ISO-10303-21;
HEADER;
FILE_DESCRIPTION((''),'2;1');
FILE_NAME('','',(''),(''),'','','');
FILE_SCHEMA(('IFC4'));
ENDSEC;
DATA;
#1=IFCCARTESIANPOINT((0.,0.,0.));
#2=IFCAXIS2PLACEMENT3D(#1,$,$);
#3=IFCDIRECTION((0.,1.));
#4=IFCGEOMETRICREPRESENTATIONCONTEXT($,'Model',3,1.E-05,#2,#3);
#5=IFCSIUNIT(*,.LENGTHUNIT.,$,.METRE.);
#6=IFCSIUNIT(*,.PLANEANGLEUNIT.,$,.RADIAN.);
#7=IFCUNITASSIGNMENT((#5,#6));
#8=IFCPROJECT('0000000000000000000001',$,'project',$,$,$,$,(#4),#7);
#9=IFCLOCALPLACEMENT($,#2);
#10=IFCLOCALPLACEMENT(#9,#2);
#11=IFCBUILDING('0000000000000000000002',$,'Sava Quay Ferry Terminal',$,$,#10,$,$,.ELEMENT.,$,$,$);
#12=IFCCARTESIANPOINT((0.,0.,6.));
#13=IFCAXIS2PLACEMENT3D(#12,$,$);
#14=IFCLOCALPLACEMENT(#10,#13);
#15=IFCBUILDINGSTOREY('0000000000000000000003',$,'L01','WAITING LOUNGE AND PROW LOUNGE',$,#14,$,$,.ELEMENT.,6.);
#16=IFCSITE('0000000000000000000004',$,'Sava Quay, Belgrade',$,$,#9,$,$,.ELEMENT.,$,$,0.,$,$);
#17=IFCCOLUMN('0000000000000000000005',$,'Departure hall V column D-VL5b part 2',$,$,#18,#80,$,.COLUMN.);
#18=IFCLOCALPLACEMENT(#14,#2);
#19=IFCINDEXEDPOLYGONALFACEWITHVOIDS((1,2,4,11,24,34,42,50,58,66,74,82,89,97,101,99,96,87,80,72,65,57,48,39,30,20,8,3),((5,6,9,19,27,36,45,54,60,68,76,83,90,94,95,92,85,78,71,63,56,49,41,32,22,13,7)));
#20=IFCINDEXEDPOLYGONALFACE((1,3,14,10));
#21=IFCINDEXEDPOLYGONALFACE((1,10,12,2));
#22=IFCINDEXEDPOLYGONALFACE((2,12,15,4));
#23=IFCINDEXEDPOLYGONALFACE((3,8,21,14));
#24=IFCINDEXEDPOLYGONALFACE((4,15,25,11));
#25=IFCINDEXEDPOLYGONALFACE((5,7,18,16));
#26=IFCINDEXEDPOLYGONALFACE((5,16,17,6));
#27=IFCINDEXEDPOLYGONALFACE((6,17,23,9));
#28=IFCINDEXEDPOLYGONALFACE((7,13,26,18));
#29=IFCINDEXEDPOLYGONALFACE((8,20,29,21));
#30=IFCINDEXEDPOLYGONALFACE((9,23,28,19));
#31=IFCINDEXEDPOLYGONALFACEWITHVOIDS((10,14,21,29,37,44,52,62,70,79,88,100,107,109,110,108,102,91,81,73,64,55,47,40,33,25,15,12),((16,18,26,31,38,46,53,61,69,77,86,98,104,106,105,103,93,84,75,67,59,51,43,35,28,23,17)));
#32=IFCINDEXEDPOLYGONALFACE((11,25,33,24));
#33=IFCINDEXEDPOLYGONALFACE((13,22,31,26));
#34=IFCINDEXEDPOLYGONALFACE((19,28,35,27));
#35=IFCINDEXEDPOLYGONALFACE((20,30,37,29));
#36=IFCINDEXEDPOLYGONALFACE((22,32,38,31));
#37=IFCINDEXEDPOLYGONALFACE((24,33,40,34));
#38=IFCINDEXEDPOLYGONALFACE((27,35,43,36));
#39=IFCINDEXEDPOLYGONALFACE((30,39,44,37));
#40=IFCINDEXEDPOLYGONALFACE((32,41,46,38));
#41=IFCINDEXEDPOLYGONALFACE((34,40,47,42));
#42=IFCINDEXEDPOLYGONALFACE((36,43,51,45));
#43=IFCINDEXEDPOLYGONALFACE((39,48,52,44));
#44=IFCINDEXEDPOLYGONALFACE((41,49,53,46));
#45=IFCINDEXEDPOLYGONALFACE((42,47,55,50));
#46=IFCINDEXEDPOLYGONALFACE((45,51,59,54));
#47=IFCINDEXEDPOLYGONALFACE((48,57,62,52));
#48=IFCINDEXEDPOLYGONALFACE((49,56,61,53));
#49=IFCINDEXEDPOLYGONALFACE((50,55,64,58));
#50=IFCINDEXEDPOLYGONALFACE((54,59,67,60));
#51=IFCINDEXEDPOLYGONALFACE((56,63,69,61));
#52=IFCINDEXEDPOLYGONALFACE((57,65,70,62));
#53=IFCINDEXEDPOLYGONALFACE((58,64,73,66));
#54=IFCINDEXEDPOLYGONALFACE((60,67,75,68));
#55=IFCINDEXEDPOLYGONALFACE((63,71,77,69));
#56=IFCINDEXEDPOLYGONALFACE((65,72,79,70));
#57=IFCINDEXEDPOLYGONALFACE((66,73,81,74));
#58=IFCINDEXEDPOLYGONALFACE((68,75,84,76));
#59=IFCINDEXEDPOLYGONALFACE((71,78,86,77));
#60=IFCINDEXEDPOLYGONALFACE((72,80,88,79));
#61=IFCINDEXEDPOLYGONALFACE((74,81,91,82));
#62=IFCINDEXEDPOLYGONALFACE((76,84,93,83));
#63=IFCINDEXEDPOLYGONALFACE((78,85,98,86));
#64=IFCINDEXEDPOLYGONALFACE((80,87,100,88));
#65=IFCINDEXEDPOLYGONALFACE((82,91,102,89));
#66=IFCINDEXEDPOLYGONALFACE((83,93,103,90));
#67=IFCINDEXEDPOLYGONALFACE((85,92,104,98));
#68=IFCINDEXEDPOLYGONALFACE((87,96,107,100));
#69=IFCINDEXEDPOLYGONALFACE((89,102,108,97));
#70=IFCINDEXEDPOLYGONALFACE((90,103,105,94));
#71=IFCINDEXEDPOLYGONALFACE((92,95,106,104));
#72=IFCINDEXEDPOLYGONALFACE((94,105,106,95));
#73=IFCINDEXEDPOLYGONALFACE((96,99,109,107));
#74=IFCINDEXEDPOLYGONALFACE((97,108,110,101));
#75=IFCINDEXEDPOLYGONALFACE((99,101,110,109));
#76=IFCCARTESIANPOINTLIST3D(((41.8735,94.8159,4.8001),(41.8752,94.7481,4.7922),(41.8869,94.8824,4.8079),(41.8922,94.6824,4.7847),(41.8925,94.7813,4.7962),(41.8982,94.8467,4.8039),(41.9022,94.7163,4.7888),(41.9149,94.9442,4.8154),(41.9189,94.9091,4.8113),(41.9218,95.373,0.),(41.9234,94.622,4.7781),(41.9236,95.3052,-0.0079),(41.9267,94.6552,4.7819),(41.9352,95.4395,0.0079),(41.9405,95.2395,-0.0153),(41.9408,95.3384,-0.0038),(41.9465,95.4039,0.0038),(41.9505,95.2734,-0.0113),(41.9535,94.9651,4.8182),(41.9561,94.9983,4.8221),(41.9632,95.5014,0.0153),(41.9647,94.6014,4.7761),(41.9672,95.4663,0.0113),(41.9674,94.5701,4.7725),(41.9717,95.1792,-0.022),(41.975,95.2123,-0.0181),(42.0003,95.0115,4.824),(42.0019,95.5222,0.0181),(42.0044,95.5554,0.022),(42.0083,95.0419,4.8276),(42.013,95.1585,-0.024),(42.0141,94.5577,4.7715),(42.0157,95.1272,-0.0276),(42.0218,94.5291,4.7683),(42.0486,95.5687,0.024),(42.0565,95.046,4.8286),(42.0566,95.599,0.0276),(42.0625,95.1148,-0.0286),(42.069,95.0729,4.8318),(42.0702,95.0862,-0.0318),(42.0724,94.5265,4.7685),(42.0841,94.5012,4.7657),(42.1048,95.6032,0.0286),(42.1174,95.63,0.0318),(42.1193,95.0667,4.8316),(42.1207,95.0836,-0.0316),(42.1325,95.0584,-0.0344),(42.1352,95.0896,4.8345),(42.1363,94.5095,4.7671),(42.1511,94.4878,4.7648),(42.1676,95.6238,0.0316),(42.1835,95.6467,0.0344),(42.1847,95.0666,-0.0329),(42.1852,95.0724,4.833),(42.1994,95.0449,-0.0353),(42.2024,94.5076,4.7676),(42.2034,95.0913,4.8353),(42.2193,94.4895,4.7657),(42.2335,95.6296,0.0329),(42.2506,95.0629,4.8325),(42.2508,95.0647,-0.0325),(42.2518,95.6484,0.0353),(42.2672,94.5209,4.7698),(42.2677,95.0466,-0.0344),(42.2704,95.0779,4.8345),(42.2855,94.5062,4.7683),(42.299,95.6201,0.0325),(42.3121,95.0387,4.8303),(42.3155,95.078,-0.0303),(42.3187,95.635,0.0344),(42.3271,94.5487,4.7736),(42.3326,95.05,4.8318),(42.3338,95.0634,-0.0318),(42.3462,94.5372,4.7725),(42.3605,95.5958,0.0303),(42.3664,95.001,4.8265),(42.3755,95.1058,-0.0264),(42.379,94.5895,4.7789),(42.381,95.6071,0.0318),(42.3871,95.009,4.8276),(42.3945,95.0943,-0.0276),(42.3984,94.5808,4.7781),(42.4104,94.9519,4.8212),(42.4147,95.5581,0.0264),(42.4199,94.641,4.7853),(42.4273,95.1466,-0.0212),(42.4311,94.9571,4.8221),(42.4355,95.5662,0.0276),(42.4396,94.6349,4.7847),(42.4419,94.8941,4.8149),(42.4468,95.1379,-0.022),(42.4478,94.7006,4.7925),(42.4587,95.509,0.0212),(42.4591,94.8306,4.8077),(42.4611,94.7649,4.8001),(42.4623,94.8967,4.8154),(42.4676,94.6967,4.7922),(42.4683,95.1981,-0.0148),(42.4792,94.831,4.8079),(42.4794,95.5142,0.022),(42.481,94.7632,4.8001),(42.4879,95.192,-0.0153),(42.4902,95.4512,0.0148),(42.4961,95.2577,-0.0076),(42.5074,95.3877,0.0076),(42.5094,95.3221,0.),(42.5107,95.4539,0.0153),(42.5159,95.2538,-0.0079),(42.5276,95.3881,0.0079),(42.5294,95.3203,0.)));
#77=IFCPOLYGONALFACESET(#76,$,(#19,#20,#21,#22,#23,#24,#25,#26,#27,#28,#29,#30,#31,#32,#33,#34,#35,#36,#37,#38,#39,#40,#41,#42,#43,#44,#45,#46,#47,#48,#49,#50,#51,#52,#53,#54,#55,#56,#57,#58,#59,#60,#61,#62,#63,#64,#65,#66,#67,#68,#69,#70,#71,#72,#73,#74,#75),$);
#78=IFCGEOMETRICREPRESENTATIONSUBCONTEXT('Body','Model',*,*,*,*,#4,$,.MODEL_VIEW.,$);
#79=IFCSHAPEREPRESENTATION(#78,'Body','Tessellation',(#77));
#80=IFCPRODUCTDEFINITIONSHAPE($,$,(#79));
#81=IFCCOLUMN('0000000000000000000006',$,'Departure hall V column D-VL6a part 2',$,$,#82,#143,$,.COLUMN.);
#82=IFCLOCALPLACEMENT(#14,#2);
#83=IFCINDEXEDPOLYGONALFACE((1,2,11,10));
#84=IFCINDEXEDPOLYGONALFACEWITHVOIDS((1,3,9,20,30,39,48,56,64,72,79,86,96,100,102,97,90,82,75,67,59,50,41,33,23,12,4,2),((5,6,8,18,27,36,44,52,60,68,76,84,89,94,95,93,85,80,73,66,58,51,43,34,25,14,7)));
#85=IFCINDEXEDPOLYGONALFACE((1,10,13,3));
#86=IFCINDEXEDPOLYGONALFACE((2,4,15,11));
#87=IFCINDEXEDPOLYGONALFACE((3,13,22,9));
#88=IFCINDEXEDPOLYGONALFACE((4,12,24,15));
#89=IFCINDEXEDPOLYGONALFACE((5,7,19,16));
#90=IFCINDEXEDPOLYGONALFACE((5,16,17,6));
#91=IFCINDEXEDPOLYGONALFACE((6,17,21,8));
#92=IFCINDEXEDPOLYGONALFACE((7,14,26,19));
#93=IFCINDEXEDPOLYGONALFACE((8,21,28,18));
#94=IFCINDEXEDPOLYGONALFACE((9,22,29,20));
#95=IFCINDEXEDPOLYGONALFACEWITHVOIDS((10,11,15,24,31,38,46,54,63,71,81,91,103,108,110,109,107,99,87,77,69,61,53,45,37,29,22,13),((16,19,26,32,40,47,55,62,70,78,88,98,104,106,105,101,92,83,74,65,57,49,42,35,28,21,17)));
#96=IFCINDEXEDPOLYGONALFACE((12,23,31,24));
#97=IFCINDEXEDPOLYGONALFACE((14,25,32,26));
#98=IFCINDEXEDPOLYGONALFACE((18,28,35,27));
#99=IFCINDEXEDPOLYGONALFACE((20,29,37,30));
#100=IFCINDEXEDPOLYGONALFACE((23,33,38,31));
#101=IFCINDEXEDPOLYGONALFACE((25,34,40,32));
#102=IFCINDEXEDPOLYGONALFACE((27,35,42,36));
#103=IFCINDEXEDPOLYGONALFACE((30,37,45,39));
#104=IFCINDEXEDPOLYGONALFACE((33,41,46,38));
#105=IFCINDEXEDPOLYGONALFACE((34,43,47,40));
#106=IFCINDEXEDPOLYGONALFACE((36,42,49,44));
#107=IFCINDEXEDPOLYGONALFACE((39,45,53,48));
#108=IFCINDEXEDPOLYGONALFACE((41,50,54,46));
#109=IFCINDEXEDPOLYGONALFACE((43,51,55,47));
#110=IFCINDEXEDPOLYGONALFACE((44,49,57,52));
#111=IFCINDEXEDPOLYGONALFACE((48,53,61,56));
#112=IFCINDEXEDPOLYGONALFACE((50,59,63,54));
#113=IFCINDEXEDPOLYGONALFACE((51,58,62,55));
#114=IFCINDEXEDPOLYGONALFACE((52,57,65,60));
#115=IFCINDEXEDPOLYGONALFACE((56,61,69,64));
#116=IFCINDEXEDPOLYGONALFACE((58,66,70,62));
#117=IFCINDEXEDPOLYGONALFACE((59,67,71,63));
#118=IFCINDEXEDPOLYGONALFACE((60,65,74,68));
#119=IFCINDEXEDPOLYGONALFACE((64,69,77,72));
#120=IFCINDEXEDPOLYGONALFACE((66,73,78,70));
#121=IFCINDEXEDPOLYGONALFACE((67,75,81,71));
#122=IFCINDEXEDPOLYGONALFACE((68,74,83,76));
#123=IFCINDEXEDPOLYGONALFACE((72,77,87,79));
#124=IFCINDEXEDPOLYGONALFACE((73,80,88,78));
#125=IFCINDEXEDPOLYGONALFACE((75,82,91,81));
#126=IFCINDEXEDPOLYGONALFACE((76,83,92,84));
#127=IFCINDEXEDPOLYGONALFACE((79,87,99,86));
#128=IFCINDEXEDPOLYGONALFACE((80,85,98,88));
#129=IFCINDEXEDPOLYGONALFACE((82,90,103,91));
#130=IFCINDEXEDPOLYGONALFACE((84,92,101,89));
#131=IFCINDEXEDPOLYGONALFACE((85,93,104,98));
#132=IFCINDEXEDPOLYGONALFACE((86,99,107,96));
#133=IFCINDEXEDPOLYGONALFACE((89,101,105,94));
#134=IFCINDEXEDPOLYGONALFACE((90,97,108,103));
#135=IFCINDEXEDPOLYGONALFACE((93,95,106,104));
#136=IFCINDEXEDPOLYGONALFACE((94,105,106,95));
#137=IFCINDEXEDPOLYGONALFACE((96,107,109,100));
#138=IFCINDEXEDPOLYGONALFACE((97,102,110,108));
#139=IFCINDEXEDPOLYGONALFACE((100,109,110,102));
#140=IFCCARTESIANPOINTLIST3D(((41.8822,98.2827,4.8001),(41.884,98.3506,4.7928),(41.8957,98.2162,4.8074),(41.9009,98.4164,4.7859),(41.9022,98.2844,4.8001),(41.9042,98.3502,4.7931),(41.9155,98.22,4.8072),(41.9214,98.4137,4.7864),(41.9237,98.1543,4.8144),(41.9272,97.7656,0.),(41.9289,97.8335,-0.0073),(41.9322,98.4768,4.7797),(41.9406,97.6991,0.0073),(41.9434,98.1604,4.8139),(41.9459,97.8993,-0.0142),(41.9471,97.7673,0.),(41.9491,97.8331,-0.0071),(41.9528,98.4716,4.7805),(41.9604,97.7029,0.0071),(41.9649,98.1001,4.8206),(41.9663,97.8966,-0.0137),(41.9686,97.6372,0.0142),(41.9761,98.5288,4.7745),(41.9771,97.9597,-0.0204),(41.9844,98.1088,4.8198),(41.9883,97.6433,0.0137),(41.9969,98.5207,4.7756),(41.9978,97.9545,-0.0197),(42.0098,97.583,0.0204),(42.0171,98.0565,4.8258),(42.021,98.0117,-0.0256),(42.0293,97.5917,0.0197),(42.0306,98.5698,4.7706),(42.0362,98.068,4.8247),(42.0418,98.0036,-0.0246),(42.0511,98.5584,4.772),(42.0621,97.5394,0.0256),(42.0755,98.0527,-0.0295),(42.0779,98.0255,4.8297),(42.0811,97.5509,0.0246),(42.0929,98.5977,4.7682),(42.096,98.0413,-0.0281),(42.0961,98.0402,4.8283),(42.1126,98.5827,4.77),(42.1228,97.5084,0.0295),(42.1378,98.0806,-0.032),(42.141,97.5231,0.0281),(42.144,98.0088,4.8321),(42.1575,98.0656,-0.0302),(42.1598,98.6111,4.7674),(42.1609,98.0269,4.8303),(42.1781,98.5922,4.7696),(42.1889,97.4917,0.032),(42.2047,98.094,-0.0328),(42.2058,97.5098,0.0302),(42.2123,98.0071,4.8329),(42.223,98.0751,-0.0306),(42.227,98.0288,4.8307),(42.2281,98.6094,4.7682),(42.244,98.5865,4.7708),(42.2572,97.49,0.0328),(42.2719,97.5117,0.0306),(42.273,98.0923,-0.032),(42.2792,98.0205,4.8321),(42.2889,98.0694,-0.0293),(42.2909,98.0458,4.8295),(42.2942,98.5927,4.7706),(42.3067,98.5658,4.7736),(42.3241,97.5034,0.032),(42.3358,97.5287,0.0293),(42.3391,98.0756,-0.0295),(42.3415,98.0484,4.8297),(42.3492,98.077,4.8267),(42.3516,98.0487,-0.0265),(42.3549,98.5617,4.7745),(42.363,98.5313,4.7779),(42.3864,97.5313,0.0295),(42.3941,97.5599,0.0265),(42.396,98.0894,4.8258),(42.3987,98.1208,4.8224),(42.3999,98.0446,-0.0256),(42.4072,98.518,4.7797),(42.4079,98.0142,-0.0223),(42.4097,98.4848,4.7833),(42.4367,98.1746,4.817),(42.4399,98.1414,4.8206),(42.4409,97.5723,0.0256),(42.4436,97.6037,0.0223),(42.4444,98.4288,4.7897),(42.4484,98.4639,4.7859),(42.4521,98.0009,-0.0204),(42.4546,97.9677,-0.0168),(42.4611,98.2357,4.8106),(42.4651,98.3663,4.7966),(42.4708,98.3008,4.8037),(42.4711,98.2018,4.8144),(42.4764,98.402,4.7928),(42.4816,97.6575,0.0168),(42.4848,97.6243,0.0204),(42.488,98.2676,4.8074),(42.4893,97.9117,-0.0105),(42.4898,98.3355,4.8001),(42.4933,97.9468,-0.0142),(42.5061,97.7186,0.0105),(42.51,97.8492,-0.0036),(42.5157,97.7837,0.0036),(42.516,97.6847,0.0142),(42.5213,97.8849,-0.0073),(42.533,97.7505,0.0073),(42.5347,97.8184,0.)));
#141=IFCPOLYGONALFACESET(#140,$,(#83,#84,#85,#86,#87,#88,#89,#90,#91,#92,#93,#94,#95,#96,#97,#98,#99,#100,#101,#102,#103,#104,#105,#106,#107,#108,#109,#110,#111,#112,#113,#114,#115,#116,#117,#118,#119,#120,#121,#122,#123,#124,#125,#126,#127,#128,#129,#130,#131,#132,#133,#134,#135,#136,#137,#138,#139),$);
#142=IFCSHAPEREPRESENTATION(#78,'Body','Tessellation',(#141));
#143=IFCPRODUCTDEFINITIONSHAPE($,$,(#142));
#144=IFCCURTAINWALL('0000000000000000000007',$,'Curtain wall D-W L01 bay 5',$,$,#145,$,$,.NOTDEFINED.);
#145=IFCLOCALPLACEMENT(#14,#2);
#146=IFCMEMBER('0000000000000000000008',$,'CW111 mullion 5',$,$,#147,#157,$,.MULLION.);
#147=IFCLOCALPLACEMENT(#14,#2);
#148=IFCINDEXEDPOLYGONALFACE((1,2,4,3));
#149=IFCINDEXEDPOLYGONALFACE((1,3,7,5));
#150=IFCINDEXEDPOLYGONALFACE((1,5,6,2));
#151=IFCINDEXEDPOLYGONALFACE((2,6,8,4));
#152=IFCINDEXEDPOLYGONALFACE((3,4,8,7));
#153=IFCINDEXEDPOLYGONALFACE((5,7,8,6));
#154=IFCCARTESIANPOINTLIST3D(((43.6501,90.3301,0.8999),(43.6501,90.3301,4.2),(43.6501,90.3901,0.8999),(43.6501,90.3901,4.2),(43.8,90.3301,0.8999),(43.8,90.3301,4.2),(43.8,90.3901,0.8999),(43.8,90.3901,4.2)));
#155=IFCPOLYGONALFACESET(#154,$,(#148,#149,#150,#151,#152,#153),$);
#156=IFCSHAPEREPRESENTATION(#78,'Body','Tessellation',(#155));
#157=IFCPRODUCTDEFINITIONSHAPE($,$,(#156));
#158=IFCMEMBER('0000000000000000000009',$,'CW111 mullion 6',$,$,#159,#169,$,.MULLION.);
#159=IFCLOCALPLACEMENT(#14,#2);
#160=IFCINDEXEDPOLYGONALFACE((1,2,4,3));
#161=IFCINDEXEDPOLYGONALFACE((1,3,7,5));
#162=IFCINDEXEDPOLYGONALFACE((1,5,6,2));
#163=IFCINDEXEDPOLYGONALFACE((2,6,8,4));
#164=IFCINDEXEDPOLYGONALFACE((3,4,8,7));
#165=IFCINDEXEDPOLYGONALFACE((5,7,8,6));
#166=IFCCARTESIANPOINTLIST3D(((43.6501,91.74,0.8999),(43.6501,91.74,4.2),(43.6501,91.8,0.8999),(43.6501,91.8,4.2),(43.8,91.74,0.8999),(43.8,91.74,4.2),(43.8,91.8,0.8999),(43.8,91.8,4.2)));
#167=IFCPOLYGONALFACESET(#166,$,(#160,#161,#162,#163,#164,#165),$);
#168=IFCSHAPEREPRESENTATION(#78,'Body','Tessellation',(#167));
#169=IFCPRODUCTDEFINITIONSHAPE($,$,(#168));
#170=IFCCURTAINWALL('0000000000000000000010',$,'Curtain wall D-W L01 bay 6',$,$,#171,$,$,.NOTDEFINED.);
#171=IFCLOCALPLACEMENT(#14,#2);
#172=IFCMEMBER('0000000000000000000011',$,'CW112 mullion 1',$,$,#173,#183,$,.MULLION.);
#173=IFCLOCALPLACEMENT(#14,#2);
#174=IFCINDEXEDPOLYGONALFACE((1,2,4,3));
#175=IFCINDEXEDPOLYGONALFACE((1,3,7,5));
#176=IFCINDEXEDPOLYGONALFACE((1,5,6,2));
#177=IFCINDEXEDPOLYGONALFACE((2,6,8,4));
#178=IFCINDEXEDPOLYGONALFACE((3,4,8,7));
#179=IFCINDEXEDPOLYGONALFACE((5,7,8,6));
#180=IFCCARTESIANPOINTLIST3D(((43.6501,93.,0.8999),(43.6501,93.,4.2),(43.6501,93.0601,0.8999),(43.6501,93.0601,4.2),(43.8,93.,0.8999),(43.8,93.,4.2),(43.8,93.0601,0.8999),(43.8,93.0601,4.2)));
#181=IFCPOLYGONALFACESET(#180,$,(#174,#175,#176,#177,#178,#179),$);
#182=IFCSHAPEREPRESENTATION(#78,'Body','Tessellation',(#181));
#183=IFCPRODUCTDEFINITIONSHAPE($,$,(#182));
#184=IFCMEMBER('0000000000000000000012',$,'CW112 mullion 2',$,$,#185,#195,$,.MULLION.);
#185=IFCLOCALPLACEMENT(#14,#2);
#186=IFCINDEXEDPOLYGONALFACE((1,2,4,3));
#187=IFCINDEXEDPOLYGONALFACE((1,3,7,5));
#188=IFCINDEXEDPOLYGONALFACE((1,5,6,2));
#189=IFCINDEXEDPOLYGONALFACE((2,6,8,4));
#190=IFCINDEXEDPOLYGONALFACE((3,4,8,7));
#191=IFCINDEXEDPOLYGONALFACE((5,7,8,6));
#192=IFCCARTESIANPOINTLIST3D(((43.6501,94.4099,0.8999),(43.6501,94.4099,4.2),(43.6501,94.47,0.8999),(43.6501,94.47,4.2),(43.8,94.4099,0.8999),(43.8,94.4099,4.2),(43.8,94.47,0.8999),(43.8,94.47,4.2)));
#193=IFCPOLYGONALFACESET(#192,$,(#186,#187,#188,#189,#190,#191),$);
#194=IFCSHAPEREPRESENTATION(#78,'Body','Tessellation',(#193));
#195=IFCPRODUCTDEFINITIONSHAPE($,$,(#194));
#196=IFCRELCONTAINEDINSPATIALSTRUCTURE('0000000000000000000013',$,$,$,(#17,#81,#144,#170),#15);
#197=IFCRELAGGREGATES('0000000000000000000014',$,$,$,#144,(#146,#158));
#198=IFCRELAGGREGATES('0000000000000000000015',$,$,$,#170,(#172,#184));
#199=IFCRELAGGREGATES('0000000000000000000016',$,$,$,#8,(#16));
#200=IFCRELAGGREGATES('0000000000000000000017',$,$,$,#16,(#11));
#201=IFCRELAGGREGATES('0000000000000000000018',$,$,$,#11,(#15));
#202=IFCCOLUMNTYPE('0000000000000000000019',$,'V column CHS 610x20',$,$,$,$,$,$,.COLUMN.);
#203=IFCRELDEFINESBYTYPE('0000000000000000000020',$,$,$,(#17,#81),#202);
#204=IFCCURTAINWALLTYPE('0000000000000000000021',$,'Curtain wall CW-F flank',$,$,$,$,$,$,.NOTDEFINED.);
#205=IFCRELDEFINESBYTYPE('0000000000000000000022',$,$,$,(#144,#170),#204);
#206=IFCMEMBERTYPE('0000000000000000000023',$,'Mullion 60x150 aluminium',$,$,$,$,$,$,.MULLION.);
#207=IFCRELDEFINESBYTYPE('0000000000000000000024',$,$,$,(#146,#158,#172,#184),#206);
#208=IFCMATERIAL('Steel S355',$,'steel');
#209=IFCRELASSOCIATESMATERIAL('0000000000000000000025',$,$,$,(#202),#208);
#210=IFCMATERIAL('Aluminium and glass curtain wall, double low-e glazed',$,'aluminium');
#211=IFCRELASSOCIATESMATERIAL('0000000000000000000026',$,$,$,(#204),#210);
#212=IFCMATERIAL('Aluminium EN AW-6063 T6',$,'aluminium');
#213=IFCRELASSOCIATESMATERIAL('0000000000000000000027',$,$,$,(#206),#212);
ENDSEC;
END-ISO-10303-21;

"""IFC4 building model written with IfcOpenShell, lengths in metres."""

from ifc_helpers import new_model, si_unit, direction, frame, origin, origin_2d, place, context, subcontext, project, spatial, rectangle, hollow_circle, extrude, material, material_profile, profile_set, type_object, element, aggregate, save


model = new_model("IFC4")

# Units and contexts
model_context = context("Model", 3, precision=1e-05, world=origin(), true_north=direction((0.0, 1.0)))
body_context = subcontext(model_context, "Body", "Model", "MODEL_VIEW")
ifc_project = project(units=[si_unit("LENGTHUNIT", "METRE"), si_unit("PLANEANGLEUNIT", "RADIAN")], contexts=[model_context])

# Site, building, storey
site_placement = place(None, origin())
site = spatial("IfcSite", under=ifc_project, at=site_placement, Name="Sava Quay, Belgrade", CompositionType="ELEMENT", RefElevation=0.0)
building_placement = place(site_placement, origin())
building = spatial("IfcBuilding", under=site, at=building_placement, Name="Sava Quay Ferry Terminal", CompositionType="ELEMENT")
storey_placement = place(building_placement, frame((0.0, 0.0, 6.0)))
storey = spatial("IfcBuildingStorey", under=building, at=storey_placement, Name="L01", Description="WAITING LOUNGE AND PROW LOUNGE", CompositionType="ELEMENT", Elevation=6.0)

# Columns
ifc_material_1 = material(Name="Steel S355", Category="steel")
ifc_material_profile_1 = material_profile(ifc_material_1, hollow_circle(Radius=0.3049, WallThickness=0.02, at=origin_2d()), Name="CHS 610 x 20.0")
ifc_profile_set_1 = profile_set([ifc_material_profile_1], Name="Steel S355")
column_type = type_object("IfcColumnType", Name="V column CHS 610x20", PredefinedType="COLUMN", material=ifc_profile_set_1)
column_1_placement = place(storey_placement, frame((42.2256, 95.3467, 0.0), z_axis=(-0.010003, -0.115288, 0.993282), x_axis=(0.996257, -0.086441, 0.0)))
element("IfcColumn", 1, at=column_1_placement, inside=storey, type_object=column_type, Name="Departure hall V column D-VL5b part 2", PredefinedType="COLUMN", context=body_context, shape_type="SweptSolid", body=[
    extrude(hollow_circle(Radius=0.3049, WallThickness=0.02, at=origin_2d()), origin(), (0.0, 0.0, 1.0), 4.8325),
])
column_2_placement = place(storey_placement, frame((42.231, 97.792, 0.0), z_axis=(-0.009304, 0.107102, 0.994205), x_axis=(-0.996248, -0.086548, 0.0)))
element("IfcColumn", 2, at=column_2_placement, inside=storey, type_object=column_type, Name="Departure hall V column D-VL6a part 2", PredefinedType="COLUMN", context=body_context, shape_type="SweptSolid", body=[
    extrude(hollow_circle(Radius=0.3049, WallThickness=0.02, at=origin_2d()), origin(), (0.0, 0.0, 1.0), 4.8281),
])

# Curtain walls, members
ifc_material_2 = material(Name="Aluminium and glass curtain wall, double low-e glazed", Category="aluminium")
curtain_wall_type = type_object("IfcCurtainWallType", Name="Curtain wall CW-F flank", PredefinedType="NOTDEFINED", material=ifc_material_2)
curtain_wall_1_placement = place(storey_placement, origin())
curtain_wall_1 = element("IfcCurtainWall", 3, at=curtain_wall_1_placement, inside=storey, type_object=curtain_wall_type, Name="Curtain wall D-W L01 bay 5", PredefinedType="NOTDEFINED")
ifc_material_3 = material(Name="Aluminium EN AW-6063 T6", Category="aluminium")
ifc_material_profile_2 = material_profile(ifc_material_3, rectangle(XDim=0.1499, YDim=0.0601, at=origin_2d()), Name="Mullion 60x150 aluminium")
ifc_profile_set_2 = profile_set([ifc_material_profile_2], Name="Aluminium EN AW-6063 T6")
member_type_1 = type_object("IfcMemberType", Name="Mullion 60x150 aluminium", PredefinedType="MULLION", material=ifc_profile_set_2)
member_1_placement = place(storey_placement, frame((43.7251, 90.3601, 0.8999), z_axis=(0.0, 0.0, 1.0), x_axis=(-1.0, 0.0, 0.0)))
member_1 = element("IfcMember", 4, at=member_1_placement, type_object=member_type_1, Name="CW111 mullion 5", PredefinedType="MULLION", context=body_context, shape_type="SweptSolid", body=[
    extrude(rectangle(XDim=0.1499, YDim=0.0601, at=origin_2d()), origin(), (0.0, 0.0, 1.0), 3.3),
])
member_2_placement = place(storey_placement, frame((43.7251, 91.77, 0.8999), z_axis=(0.0, 0.0, 1.0), x_axis=(-1.0, 0.0, 0.0)))
member_2 = element("IfcMember", 5, at=member_2_placement, type_object=member_type_1, Name="CW111 mullion 6", PredefinedType="MULLION", context=body_context, shape_type="SweptSolid", body=[
    extrude(rectangle(XDim=0.1499, YDim=0.0601, at=origin_2d()), origin(), (0.0, 0.0, 1.0), 3.3),
])
curtain_wall_2_placement = place(storey_placement, origin())
curtain_wall_2 = element("IfcCurtainWall", 6, at=curtain_wall_2_placement, inside=storey, type_object=curtain_wall_type, Name="Curtain wall D-W L01 bay 6", PredefinedType="NOTDEFINED")
member_3_placement = place(storey_placement, frame((43.7251, 93.03, 0.8999), z_axis=(0.0, 0.0, 1.0), x_axis=(-1.0, 0.0, 0.0)))
member_3 = element("IfcMember", 7, at=member_3_placement, type_object=member_type_1, Name="CW112 mullion 1", PredefinedType="MULLION", context=body_context, shape_type="SweptSolid", body=[
    extrude(rectangle(XDim=0.1499, YDim=0.0601, at=origin_2d()), origin(), (0.0, 0.0, 1.0), 3.3),
])
member_4_placement = place(storey_placement, frame((43.7251, 94.4399, 0.8999), z_axis=(0.0, 0.0, 1.0), x_axis=(-1.0, 0.0, 0.0)))
member_4 = element("IfcMember", 8, at=member_4_placement, type_object=member_type_1, Name="CW112 mullion 2", PredefinedType="MULLION", context=body_context, shape_type="SweptSolid", body=[
    extrude(rectangle(XDim=0.1499, YDim=0.0601, at=origin_2d()), origin(), (0.0, 0.0, 1.0), 3.3),
])

aggregate(curtain_wall_1, [member_1, member_2])
aggregate(curtain_wall_2, [member_3, member_4])

save(model, "model.ifc")
